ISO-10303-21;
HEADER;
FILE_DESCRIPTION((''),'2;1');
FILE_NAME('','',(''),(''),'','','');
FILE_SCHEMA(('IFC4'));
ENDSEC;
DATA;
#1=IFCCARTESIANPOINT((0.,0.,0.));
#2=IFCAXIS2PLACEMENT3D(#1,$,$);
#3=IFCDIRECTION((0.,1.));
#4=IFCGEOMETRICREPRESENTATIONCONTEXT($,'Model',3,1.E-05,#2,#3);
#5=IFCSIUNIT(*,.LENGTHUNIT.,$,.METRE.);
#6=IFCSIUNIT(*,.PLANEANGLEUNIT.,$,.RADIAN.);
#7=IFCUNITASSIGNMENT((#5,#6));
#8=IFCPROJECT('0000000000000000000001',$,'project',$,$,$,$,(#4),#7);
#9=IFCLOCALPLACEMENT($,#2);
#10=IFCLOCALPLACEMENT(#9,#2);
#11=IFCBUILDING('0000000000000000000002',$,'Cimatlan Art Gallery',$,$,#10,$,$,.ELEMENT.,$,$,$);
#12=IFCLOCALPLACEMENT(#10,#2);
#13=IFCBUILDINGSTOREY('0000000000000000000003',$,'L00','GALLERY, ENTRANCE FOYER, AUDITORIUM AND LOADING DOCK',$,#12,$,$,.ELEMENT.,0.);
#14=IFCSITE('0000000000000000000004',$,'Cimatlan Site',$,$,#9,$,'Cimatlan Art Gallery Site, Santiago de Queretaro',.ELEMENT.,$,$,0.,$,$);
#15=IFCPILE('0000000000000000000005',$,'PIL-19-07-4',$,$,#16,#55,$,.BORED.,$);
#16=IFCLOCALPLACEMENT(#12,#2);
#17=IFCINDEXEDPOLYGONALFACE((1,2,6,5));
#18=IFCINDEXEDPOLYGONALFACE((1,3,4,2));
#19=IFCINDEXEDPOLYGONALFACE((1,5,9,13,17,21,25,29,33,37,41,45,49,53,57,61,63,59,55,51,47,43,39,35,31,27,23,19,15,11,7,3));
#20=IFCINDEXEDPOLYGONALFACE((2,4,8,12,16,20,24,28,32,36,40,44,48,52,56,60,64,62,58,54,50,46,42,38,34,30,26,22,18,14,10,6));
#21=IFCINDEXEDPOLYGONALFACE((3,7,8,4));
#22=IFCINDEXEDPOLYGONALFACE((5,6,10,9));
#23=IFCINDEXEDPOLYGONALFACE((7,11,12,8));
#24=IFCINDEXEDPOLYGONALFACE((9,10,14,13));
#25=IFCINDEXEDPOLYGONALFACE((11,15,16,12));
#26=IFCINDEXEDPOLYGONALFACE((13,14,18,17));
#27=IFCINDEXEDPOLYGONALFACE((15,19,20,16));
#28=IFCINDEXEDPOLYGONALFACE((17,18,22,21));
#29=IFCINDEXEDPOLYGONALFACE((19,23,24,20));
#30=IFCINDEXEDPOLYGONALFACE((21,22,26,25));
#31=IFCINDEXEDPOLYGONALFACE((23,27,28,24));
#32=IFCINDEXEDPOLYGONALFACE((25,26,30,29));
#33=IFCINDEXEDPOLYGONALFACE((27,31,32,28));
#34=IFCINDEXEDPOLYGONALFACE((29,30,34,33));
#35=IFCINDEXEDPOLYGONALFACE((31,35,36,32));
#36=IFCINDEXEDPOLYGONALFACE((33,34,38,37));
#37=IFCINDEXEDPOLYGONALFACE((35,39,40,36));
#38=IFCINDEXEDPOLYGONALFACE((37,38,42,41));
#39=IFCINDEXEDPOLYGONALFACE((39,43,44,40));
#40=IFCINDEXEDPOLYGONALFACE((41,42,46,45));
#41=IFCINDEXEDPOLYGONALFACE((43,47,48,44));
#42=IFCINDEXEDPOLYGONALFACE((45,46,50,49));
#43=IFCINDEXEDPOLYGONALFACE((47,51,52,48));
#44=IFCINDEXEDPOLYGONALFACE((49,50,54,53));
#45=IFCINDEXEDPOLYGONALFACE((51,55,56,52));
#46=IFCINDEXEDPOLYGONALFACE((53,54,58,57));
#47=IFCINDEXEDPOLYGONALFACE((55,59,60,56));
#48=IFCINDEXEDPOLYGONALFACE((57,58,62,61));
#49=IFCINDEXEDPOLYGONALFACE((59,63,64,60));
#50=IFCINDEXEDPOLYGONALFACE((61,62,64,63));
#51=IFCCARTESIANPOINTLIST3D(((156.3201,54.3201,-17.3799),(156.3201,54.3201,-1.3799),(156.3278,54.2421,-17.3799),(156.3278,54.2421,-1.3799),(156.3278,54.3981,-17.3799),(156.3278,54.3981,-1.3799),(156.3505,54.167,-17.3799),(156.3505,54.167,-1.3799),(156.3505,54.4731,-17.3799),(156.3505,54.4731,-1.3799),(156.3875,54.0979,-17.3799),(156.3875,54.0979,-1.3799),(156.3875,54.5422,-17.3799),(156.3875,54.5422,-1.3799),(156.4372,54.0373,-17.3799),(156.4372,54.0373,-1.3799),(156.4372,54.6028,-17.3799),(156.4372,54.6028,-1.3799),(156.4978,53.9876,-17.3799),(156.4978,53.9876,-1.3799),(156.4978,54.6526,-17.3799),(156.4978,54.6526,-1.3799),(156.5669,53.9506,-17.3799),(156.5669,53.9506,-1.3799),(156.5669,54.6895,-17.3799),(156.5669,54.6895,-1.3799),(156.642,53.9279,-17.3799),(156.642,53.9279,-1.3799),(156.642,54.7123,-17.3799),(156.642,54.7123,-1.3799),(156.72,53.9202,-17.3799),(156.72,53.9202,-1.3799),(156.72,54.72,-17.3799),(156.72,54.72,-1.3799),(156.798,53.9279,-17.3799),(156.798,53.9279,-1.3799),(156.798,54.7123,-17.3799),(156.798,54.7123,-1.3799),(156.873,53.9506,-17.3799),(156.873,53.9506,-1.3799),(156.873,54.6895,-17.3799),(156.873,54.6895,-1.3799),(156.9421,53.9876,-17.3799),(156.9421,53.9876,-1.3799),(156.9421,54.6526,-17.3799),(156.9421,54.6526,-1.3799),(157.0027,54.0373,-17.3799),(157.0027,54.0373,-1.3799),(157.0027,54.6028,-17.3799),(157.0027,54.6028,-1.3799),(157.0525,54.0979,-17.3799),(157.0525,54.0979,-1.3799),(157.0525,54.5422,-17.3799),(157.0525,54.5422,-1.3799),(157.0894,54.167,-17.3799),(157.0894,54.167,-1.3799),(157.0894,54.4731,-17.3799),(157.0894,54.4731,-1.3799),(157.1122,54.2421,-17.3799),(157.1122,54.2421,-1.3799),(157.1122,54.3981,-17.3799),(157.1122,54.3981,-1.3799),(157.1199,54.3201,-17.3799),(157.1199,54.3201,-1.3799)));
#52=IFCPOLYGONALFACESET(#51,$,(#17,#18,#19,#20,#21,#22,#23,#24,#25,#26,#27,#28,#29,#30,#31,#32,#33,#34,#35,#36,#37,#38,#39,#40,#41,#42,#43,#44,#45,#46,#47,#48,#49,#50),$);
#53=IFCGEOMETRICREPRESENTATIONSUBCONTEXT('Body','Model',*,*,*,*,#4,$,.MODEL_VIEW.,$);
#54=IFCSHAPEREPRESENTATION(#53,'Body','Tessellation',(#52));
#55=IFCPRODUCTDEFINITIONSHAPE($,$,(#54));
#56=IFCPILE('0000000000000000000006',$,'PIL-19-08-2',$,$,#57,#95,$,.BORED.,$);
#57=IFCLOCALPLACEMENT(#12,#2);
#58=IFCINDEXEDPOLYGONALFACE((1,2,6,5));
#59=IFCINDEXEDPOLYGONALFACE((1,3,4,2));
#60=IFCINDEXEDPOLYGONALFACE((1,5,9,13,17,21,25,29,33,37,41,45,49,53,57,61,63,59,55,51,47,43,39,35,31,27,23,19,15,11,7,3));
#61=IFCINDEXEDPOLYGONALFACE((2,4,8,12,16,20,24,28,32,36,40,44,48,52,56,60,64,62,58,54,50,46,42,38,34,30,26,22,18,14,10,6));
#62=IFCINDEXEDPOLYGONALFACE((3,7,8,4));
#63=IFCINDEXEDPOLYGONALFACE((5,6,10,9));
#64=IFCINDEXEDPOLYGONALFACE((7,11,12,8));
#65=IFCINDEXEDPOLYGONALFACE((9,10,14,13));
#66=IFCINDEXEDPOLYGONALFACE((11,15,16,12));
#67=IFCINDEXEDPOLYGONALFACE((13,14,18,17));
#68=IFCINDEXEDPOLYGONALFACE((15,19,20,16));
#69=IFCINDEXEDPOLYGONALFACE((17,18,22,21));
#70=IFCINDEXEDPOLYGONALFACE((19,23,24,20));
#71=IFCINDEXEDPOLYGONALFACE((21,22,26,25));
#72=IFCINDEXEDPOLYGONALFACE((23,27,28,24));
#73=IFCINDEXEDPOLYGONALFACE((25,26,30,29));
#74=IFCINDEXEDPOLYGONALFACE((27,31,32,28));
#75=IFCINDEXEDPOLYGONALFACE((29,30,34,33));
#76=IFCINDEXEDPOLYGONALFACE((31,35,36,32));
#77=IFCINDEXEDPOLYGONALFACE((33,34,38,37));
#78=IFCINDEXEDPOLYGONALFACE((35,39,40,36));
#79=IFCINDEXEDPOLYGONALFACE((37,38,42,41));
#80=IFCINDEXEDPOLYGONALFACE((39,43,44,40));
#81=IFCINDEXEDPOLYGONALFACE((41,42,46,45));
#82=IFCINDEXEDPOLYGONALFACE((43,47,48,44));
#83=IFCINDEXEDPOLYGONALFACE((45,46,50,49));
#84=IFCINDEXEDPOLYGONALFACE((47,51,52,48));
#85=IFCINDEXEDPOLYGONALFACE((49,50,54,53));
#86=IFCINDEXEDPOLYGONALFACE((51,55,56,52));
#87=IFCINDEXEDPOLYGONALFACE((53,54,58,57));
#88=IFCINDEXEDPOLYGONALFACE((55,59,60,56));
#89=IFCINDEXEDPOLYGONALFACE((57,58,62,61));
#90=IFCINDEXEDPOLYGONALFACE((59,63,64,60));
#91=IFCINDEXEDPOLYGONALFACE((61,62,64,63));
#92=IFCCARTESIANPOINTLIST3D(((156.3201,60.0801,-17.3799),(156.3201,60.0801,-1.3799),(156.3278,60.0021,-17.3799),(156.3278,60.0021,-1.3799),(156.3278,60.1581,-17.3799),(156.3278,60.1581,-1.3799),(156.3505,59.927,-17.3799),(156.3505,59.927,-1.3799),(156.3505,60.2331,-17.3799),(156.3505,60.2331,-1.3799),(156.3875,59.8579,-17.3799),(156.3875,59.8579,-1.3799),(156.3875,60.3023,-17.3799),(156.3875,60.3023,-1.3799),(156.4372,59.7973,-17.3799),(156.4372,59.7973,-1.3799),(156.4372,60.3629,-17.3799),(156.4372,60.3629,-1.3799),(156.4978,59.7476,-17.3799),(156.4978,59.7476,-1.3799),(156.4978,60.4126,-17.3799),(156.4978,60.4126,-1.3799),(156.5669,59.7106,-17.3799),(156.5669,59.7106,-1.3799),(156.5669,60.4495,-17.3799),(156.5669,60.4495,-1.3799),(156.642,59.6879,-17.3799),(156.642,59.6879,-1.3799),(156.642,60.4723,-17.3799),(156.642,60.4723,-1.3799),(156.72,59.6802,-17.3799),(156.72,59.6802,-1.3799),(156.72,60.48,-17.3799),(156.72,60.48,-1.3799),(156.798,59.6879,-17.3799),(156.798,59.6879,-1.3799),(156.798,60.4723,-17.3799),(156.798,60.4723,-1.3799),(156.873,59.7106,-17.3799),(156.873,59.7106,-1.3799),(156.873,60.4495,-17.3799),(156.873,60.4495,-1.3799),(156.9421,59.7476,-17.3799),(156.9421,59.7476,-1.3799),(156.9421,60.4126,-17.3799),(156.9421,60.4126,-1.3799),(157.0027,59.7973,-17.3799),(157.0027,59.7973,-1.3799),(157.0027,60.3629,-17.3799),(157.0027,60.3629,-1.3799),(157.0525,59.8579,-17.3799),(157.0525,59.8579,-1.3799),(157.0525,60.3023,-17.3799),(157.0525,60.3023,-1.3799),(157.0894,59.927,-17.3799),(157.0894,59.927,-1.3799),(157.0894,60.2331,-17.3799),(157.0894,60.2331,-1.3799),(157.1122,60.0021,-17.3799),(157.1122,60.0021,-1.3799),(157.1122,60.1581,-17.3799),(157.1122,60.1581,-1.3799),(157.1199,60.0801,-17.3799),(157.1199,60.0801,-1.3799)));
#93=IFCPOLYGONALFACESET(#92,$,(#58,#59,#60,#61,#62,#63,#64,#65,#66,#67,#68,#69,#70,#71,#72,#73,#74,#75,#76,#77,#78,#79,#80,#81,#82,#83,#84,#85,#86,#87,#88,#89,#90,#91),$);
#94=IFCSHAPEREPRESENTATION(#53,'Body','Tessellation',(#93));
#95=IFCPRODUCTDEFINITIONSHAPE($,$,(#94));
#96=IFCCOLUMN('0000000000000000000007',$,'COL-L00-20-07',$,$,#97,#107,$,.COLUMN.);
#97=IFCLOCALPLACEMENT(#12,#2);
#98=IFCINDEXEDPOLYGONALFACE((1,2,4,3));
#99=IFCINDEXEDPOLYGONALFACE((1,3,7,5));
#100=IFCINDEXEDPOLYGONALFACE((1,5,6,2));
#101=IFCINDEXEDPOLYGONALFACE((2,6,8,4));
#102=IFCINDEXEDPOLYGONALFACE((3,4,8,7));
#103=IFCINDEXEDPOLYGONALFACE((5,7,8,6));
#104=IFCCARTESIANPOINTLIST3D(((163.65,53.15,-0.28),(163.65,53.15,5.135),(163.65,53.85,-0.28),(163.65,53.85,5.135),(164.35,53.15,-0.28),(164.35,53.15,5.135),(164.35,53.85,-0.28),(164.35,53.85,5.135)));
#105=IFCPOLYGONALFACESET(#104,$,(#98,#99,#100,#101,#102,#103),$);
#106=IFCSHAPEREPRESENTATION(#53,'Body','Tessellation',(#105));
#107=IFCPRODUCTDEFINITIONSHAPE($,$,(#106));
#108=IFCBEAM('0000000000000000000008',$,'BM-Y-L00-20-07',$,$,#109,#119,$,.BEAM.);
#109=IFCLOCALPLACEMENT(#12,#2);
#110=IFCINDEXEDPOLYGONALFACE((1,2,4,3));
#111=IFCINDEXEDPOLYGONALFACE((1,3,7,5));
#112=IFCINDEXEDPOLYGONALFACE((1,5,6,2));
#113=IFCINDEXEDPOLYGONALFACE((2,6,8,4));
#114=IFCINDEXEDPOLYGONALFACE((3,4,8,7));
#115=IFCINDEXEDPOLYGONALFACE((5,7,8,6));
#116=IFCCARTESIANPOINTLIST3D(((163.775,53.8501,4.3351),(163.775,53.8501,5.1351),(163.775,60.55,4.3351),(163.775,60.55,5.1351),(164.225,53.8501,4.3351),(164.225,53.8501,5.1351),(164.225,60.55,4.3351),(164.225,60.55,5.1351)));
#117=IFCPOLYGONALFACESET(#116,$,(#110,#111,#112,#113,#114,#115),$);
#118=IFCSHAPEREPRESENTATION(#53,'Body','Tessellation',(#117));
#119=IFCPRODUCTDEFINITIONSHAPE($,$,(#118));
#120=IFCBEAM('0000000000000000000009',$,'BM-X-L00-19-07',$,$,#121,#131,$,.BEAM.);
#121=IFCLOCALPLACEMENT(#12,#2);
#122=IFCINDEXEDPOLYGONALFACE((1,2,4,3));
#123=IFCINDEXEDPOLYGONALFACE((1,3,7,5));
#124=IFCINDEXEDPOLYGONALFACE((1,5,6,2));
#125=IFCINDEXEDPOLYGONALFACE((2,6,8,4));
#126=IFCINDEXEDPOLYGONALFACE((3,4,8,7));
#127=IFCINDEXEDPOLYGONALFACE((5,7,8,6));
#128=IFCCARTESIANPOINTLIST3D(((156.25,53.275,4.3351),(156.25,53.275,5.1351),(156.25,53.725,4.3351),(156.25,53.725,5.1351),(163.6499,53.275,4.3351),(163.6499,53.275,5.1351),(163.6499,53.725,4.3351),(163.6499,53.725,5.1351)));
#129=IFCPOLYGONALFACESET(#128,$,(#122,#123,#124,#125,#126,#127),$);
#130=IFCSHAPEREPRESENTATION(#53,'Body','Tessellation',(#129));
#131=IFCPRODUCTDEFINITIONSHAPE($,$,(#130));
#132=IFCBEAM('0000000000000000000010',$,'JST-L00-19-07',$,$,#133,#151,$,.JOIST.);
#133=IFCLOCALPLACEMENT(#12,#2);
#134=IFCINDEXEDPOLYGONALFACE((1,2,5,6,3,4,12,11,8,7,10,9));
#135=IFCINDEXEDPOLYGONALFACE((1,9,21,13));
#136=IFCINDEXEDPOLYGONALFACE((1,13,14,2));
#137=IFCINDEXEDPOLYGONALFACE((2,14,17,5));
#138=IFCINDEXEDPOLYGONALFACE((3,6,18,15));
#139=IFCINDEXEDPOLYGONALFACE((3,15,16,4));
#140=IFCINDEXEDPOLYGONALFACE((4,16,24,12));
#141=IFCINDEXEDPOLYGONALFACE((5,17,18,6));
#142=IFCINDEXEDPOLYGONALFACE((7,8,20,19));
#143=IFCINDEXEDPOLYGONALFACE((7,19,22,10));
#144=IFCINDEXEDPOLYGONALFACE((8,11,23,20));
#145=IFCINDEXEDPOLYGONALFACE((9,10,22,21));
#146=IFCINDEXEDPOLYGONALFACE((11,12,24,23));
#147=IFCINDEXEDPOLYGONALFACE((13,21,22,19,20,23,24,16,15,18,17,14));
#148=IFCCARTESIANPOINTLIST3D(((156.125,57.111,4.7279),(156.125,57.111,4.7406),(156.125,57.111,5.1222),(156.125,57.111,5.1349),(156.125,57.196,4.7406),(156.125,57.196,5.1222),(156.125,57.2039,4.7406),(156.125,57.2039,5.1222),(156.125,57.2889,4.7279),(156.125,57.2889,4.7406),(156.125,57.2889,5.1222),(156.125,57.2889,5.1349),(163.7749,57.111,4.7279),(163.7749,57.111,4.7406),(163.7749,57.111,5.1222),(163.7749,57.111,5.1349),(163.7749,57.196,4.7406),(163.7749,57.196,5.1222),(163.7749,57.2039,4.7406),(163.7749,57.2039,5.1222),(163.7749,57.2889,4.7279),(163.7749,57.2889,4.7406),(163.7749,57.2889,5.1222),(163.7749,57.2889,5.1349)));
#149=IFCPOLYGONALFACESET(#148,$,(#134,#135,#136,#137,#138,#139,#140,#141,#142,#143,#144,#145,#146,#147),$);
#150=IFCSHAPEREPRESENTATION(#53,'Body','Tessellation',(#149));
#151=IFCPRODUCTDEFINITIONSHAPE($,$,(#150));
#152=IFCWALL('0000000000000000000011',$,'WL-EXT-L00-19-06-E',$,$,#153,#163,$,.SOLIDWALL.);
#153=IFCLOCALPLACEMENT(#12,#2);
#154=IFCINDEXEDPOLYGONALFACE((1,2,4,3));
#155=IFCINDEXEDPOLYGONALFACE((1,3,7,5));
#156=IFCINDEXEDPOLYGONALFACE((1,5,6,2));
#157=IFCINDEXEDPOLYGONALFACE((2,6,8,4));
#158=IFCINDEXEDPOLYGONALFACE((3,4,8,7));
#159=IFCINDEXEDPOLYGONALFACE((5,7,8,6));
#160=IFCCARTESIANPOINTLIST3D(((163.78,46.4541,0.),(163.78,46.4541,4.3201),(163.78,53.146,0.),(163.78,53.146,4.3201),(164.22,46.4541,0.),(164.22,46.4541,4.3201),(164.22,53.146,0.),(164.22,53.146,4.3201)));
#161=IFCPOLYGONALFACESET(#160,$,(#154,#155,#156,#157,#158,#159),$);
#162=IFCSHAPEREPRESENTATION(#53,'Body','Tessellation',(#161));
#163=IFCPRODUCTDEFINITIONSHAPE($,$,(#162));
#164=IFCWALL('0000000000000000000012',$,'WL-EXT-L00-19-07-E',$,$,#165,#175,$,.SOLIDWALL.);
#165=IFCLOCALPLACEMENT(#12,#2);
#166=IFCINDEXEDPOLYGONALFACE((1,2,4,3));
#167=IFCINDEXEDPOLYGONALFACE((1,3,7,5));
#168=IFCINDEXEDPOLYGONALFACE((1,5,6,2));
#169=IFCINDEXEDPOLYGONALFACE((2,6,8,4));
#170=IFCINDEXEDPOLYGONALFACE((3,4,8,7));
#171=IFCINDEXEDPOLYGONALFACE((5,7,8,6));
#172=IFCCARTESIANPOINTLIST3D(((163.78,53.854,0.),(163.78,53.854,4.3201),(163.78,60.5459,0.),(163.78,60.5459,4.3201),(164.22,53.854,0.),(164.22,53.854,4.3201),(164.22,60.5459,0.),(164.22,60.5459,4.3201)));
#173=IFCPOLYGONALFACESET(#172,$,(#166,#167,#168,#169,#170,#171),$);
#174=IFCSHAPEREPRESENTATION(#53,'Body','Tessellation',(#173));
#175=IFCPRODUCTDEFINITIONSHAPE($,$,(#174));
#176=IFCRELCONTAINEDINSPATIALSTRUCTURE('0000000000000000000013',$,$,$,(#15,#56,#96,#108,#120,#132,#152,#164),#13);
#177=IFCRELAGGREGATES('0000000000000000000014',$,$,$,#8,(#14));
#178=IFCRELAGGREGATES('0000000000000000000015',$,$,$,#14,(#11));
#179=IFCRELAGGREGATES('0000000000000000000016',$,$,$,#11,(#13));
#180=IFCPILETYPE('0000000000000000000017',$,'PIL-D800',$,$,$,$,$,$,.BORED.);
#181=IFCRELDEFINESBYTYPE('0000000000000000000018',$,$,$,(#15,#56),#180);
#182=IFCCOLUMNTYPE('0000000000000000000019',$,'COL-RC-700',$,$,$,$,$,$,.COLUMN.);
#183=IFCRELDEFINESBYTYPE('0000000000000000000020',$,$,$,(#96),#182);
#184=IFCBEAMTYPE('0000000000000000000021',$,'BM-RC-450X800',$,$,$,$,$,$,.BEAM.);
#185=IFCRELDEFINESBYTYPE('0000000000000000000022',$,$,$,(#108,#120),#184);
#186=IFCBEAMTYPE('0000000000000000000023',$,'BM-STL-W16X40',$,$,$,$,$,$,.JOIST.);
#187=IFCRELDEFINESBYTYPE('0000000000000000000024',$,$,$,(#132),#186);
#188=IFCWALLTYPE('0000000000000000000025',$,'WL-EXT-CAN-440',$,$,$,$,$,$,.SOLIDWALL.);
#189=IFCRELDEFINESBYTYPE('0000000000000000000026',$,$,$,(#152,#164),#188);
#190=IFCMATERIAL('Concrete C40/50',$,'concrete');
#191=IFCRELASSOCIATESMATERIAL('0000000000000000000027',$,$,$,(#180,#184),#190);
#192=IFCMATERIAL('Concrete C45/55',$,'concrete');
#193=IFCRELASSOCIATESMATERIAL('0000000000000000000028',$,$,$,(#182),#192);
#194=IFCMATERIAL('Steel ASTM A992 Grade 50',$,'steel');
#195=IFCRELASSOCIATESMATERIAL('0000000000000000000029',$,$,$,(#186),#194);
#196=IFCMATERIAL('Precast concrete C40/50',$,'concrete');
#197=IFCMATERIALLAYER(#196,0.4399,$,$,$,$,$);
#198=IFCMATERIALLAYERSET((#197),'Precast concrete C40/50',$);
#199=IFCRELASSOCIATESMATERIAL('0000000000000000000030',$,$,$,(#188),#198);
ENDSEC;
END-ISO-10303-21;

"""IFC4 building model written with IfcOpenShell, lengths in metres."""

from ifc_helpers import new_model, si_unit, direction, frame, frame_2d, origin, origin_2d, place, context, subcontext, project, spatial, rectangle, circle, i_section, extrude, material, layer, layer_set, material_profile, profile_set, type_object, element, save


model = new_model("IFC4")

# Units and contexts
model_context = context("Model", 3, precision=1e-05, world=origin(), true_north=direction((0.0, 1.0)))
body_context = subcontext(model_context, "Body", "Model", "MODEL_VIEW")
ifc_project = project(units=[si_unit("LENGTHUNIT", "METRE"), si_unit("PLANEANGLEUNIT", "RADIAN")], contexts=[model_context])

# Site, building, storey
site_placement = place(None, origin())
site = spatial("IfcSite", under=ifc_project, at=site_placement, Name="Cimatlan Site", LongName="Cimatlan Art Gallery Site, Santiago de Queretaro", CompositionType="ELEMENT", RefElevation=0.0)
building_placement = place(site_placement, origin())
building = spatial("IfcBuilding", under=site, at=building_placement, Name="Cimatlan Art Gallery", CompositionType="ELEMENT")
storey_placement = place(building_placement, origin())
storey = spatial("IfcBuildingStorey", under=building, at=storey_placement, Name="L00", Description="GALLERY, ENTRANCE FOYER, AUDITORIUM AND LOADING DOCK", CompositionType="ELEMENT", Elevation=0.0)

# Shared definitions
ifc_material_1 = material(Name="Concrete C40/50", Category="concrete")

# Piles
pile_type_1 = type_object("IfcPileType", Name="PIL-D800", PredefinedType="BORED", material=ifc_material_1)
for number, where, z_axis, x_axis, name in (
    (1, (156.72, 54.3201, -1.3799), (0.0, 0.0, -1.0), (1.0, 0.0, 0.0), "PIL-19-07-4"),
    (2, (156.72, 60.0801, -1.3799), (0.0, 0.0, -1.0), (1.0, 0.0, 0.0), "PIL-19-08-2"),
):
    element("IfcPile", number, at=place(storey_placement, frame(where, z_axis=z_axis, x_axis=x_axis)), inside=storey, type_object=pile_type_1, Name=name, PredefinedType="BORED", context=body_context, shape_type="SweptSolid", body=[
        extrude(circle(Radius=0.3999, at=origin_2d()), origin(), (0.0, 0.0, 1.0), 16.0),
    ])

# Column
ifc_material_2 = material(Name="Concrete C45/55", Category="concrete")
ifc_material_profile_1 = material_profile(ifc_material_2, rectangle(XDim=0.7, YDim=0.7, at=origin_2d()), Name="RC700X700")
ifc_profile_set_1 = profile_set([ifc_material_profile_1], Name="Concrete C45/55")
column_type = type_object("IfcColumnType", Name="COL-RC-700", PredefinedType="COLUMN", material=ifc_profile_set_1)
column_placement = place(storey_placement, frame((164.0, 53.5, -0.28), z_axis=(0.0, 0.0, 1.0), x_axis=(1.0, 0.0, 0.0)))
element("IfcColumn", 3, at=column_placement, inside=storey, type_object=column_type, Name="COL-L00-20-07", PredefinedType="COLUMN", context=body_context, shape_type="SweptSolid", body=[
    extrude(rectangle(XDim=0.7, YDim=0.7, at=origin_2d()), origin(), (0.0, 0.0, 1.0), 5.415),
])

# Beams
ifc_material_profile_2 = material_profile(ifc_material_1, rectangle(XDim=0.45, YDim=0.8, at=origin_2d()), Name="RC450X800")
ifc_profile_set_2 = profile_set([ifc_material_profile_2], Name="Concrete C40/50")
beam_type_1 = type_object("IfcBeamType", Name="BM-RC-450X800", PredefinedType="BEAM", material=ifc_profile_set_2)
beam_1_placement = place(storey_placement, frame((164.0, 53.8501, 4.7351), z_axis=(0.0, 1.0, 0.0), x_axis=(-1.0, 0.0, 0.0)))
element("IfcBeam", 4, at=beam_1_placement, inside=storey, type_object=beam_type_1, Name="BM-Y-L00-20-07", PredefinedType="BEAM", context=body_context, shape_type="SweptSolid", body=[
    extrude(rectangle(XDim=0.45, YDim=0.8, at=origin_2d()), origin(), (0.0, 0.0, 1.0), 6.7),
])
beam_2_placement = place(storey_placement, frame((156.25, 53.5, 4.7351), z_axis=(1.0, 0.0, 0.0), x_axis=(0.0, 1.0, 0.0)))
element("IfcBeam", 5, at=beam_2_placement, inside=storey, type_object=beam_type_1, Name="BM-X-L00-19-07", PredefinedType="BEAM", context=body_context, shape_type="SweptSolid", body=[
    extrude(rectangle(XDim=0.45, YDim=0.8, at=origin_2d()), origin(), (0.0, 0.0, 1.0), 7.3999),
])
ifc_material_3 = material(Name="Steel ASTM A992 Grade 50", Category="steel")
ifc_material_profile_3 = material_profile(ifc_material_3, i_section(OverallWidth=0.178, OverallDepth=0.407, WebThickness=0.0078, FlangeThickness=0.0127, at=origin_2d()), Name="W16X40")
ifc_profile_set_3 = profile_set([ifc_material_profile_3], Name="Steel ASTM A992 Grade 50")
beam_type_2 = type_object("IfcBeamType", Name="BM-STL-W16X40", PredefinedType="JOIST", material=ifc_profile_set_3)
beam_3_placement = place(storey_placement, frame((156.125, 57.2, 4.9314), z_axis=(1.0, 0.0, 0.0), x_axis=(0.0, 1.0, 0.0)))
element("IfcBeam", 6, at=beam_3_placement, inside=storey, type_object=beam_type_2, Name="JST-L00-19-07", PredefinedType="JOIST", context=body_context, shape_type="SweptSolid", body=[
    extrude(i_section(OverallWidth=0.178, OverallDepth=0.407, WebThickness=0.0078, FlangeThickness=0.0127, at=origin_2d()), origin(), (0.0, 0.0, 1.0), 7.6499),
])

# Walls
ifc_material_4 = material(Name="Precast concrete C40/50", Category="concrete")
ifc_layer_1 = layer(ifc_material_4, 0.4399)
ifc_layer_set_1 = layer_set([ifc_layer_1], Name="Precast concrete C40/50")
wall_type_1 = type_object("IfcWallType", Name="WL-EXT-CAN-440", PredefinedType="SOLIDWALL", material=ifc_layer_set_1)
for number, where, z_axis, x_axis, name in (
    (7, (164.0, 53.146, 0.0), (0.0, 0.0, 1.0), (0.0, -1.0, 0.0), "WL-EXT-L00-19-06-E"),
    (8, (164.0, 60.5459, 0.0), (0.0, 0.0, 1.0), (0.0, -1.0, 0.0), "WL-EXT-L00-19-07-E"),
):
    element("IfcWall", number, at=place(storey_placement, frame(where, z_axis=z_axis, x_axis=x_axis)), inside=storey, type_object=wall_type_1, Name=name, PredefinedType="SOLIDWALL", context=body_context, shape_type="SweptSolid", body=[
        extrude(rectangle(XDim=6.6919, YDim=0.4399, at=frame_2d((3.3459, 0.0))), origin(), (0.0, 0.0, 1.0), 4.3201),
    ])

save(model, "model.ifc")
